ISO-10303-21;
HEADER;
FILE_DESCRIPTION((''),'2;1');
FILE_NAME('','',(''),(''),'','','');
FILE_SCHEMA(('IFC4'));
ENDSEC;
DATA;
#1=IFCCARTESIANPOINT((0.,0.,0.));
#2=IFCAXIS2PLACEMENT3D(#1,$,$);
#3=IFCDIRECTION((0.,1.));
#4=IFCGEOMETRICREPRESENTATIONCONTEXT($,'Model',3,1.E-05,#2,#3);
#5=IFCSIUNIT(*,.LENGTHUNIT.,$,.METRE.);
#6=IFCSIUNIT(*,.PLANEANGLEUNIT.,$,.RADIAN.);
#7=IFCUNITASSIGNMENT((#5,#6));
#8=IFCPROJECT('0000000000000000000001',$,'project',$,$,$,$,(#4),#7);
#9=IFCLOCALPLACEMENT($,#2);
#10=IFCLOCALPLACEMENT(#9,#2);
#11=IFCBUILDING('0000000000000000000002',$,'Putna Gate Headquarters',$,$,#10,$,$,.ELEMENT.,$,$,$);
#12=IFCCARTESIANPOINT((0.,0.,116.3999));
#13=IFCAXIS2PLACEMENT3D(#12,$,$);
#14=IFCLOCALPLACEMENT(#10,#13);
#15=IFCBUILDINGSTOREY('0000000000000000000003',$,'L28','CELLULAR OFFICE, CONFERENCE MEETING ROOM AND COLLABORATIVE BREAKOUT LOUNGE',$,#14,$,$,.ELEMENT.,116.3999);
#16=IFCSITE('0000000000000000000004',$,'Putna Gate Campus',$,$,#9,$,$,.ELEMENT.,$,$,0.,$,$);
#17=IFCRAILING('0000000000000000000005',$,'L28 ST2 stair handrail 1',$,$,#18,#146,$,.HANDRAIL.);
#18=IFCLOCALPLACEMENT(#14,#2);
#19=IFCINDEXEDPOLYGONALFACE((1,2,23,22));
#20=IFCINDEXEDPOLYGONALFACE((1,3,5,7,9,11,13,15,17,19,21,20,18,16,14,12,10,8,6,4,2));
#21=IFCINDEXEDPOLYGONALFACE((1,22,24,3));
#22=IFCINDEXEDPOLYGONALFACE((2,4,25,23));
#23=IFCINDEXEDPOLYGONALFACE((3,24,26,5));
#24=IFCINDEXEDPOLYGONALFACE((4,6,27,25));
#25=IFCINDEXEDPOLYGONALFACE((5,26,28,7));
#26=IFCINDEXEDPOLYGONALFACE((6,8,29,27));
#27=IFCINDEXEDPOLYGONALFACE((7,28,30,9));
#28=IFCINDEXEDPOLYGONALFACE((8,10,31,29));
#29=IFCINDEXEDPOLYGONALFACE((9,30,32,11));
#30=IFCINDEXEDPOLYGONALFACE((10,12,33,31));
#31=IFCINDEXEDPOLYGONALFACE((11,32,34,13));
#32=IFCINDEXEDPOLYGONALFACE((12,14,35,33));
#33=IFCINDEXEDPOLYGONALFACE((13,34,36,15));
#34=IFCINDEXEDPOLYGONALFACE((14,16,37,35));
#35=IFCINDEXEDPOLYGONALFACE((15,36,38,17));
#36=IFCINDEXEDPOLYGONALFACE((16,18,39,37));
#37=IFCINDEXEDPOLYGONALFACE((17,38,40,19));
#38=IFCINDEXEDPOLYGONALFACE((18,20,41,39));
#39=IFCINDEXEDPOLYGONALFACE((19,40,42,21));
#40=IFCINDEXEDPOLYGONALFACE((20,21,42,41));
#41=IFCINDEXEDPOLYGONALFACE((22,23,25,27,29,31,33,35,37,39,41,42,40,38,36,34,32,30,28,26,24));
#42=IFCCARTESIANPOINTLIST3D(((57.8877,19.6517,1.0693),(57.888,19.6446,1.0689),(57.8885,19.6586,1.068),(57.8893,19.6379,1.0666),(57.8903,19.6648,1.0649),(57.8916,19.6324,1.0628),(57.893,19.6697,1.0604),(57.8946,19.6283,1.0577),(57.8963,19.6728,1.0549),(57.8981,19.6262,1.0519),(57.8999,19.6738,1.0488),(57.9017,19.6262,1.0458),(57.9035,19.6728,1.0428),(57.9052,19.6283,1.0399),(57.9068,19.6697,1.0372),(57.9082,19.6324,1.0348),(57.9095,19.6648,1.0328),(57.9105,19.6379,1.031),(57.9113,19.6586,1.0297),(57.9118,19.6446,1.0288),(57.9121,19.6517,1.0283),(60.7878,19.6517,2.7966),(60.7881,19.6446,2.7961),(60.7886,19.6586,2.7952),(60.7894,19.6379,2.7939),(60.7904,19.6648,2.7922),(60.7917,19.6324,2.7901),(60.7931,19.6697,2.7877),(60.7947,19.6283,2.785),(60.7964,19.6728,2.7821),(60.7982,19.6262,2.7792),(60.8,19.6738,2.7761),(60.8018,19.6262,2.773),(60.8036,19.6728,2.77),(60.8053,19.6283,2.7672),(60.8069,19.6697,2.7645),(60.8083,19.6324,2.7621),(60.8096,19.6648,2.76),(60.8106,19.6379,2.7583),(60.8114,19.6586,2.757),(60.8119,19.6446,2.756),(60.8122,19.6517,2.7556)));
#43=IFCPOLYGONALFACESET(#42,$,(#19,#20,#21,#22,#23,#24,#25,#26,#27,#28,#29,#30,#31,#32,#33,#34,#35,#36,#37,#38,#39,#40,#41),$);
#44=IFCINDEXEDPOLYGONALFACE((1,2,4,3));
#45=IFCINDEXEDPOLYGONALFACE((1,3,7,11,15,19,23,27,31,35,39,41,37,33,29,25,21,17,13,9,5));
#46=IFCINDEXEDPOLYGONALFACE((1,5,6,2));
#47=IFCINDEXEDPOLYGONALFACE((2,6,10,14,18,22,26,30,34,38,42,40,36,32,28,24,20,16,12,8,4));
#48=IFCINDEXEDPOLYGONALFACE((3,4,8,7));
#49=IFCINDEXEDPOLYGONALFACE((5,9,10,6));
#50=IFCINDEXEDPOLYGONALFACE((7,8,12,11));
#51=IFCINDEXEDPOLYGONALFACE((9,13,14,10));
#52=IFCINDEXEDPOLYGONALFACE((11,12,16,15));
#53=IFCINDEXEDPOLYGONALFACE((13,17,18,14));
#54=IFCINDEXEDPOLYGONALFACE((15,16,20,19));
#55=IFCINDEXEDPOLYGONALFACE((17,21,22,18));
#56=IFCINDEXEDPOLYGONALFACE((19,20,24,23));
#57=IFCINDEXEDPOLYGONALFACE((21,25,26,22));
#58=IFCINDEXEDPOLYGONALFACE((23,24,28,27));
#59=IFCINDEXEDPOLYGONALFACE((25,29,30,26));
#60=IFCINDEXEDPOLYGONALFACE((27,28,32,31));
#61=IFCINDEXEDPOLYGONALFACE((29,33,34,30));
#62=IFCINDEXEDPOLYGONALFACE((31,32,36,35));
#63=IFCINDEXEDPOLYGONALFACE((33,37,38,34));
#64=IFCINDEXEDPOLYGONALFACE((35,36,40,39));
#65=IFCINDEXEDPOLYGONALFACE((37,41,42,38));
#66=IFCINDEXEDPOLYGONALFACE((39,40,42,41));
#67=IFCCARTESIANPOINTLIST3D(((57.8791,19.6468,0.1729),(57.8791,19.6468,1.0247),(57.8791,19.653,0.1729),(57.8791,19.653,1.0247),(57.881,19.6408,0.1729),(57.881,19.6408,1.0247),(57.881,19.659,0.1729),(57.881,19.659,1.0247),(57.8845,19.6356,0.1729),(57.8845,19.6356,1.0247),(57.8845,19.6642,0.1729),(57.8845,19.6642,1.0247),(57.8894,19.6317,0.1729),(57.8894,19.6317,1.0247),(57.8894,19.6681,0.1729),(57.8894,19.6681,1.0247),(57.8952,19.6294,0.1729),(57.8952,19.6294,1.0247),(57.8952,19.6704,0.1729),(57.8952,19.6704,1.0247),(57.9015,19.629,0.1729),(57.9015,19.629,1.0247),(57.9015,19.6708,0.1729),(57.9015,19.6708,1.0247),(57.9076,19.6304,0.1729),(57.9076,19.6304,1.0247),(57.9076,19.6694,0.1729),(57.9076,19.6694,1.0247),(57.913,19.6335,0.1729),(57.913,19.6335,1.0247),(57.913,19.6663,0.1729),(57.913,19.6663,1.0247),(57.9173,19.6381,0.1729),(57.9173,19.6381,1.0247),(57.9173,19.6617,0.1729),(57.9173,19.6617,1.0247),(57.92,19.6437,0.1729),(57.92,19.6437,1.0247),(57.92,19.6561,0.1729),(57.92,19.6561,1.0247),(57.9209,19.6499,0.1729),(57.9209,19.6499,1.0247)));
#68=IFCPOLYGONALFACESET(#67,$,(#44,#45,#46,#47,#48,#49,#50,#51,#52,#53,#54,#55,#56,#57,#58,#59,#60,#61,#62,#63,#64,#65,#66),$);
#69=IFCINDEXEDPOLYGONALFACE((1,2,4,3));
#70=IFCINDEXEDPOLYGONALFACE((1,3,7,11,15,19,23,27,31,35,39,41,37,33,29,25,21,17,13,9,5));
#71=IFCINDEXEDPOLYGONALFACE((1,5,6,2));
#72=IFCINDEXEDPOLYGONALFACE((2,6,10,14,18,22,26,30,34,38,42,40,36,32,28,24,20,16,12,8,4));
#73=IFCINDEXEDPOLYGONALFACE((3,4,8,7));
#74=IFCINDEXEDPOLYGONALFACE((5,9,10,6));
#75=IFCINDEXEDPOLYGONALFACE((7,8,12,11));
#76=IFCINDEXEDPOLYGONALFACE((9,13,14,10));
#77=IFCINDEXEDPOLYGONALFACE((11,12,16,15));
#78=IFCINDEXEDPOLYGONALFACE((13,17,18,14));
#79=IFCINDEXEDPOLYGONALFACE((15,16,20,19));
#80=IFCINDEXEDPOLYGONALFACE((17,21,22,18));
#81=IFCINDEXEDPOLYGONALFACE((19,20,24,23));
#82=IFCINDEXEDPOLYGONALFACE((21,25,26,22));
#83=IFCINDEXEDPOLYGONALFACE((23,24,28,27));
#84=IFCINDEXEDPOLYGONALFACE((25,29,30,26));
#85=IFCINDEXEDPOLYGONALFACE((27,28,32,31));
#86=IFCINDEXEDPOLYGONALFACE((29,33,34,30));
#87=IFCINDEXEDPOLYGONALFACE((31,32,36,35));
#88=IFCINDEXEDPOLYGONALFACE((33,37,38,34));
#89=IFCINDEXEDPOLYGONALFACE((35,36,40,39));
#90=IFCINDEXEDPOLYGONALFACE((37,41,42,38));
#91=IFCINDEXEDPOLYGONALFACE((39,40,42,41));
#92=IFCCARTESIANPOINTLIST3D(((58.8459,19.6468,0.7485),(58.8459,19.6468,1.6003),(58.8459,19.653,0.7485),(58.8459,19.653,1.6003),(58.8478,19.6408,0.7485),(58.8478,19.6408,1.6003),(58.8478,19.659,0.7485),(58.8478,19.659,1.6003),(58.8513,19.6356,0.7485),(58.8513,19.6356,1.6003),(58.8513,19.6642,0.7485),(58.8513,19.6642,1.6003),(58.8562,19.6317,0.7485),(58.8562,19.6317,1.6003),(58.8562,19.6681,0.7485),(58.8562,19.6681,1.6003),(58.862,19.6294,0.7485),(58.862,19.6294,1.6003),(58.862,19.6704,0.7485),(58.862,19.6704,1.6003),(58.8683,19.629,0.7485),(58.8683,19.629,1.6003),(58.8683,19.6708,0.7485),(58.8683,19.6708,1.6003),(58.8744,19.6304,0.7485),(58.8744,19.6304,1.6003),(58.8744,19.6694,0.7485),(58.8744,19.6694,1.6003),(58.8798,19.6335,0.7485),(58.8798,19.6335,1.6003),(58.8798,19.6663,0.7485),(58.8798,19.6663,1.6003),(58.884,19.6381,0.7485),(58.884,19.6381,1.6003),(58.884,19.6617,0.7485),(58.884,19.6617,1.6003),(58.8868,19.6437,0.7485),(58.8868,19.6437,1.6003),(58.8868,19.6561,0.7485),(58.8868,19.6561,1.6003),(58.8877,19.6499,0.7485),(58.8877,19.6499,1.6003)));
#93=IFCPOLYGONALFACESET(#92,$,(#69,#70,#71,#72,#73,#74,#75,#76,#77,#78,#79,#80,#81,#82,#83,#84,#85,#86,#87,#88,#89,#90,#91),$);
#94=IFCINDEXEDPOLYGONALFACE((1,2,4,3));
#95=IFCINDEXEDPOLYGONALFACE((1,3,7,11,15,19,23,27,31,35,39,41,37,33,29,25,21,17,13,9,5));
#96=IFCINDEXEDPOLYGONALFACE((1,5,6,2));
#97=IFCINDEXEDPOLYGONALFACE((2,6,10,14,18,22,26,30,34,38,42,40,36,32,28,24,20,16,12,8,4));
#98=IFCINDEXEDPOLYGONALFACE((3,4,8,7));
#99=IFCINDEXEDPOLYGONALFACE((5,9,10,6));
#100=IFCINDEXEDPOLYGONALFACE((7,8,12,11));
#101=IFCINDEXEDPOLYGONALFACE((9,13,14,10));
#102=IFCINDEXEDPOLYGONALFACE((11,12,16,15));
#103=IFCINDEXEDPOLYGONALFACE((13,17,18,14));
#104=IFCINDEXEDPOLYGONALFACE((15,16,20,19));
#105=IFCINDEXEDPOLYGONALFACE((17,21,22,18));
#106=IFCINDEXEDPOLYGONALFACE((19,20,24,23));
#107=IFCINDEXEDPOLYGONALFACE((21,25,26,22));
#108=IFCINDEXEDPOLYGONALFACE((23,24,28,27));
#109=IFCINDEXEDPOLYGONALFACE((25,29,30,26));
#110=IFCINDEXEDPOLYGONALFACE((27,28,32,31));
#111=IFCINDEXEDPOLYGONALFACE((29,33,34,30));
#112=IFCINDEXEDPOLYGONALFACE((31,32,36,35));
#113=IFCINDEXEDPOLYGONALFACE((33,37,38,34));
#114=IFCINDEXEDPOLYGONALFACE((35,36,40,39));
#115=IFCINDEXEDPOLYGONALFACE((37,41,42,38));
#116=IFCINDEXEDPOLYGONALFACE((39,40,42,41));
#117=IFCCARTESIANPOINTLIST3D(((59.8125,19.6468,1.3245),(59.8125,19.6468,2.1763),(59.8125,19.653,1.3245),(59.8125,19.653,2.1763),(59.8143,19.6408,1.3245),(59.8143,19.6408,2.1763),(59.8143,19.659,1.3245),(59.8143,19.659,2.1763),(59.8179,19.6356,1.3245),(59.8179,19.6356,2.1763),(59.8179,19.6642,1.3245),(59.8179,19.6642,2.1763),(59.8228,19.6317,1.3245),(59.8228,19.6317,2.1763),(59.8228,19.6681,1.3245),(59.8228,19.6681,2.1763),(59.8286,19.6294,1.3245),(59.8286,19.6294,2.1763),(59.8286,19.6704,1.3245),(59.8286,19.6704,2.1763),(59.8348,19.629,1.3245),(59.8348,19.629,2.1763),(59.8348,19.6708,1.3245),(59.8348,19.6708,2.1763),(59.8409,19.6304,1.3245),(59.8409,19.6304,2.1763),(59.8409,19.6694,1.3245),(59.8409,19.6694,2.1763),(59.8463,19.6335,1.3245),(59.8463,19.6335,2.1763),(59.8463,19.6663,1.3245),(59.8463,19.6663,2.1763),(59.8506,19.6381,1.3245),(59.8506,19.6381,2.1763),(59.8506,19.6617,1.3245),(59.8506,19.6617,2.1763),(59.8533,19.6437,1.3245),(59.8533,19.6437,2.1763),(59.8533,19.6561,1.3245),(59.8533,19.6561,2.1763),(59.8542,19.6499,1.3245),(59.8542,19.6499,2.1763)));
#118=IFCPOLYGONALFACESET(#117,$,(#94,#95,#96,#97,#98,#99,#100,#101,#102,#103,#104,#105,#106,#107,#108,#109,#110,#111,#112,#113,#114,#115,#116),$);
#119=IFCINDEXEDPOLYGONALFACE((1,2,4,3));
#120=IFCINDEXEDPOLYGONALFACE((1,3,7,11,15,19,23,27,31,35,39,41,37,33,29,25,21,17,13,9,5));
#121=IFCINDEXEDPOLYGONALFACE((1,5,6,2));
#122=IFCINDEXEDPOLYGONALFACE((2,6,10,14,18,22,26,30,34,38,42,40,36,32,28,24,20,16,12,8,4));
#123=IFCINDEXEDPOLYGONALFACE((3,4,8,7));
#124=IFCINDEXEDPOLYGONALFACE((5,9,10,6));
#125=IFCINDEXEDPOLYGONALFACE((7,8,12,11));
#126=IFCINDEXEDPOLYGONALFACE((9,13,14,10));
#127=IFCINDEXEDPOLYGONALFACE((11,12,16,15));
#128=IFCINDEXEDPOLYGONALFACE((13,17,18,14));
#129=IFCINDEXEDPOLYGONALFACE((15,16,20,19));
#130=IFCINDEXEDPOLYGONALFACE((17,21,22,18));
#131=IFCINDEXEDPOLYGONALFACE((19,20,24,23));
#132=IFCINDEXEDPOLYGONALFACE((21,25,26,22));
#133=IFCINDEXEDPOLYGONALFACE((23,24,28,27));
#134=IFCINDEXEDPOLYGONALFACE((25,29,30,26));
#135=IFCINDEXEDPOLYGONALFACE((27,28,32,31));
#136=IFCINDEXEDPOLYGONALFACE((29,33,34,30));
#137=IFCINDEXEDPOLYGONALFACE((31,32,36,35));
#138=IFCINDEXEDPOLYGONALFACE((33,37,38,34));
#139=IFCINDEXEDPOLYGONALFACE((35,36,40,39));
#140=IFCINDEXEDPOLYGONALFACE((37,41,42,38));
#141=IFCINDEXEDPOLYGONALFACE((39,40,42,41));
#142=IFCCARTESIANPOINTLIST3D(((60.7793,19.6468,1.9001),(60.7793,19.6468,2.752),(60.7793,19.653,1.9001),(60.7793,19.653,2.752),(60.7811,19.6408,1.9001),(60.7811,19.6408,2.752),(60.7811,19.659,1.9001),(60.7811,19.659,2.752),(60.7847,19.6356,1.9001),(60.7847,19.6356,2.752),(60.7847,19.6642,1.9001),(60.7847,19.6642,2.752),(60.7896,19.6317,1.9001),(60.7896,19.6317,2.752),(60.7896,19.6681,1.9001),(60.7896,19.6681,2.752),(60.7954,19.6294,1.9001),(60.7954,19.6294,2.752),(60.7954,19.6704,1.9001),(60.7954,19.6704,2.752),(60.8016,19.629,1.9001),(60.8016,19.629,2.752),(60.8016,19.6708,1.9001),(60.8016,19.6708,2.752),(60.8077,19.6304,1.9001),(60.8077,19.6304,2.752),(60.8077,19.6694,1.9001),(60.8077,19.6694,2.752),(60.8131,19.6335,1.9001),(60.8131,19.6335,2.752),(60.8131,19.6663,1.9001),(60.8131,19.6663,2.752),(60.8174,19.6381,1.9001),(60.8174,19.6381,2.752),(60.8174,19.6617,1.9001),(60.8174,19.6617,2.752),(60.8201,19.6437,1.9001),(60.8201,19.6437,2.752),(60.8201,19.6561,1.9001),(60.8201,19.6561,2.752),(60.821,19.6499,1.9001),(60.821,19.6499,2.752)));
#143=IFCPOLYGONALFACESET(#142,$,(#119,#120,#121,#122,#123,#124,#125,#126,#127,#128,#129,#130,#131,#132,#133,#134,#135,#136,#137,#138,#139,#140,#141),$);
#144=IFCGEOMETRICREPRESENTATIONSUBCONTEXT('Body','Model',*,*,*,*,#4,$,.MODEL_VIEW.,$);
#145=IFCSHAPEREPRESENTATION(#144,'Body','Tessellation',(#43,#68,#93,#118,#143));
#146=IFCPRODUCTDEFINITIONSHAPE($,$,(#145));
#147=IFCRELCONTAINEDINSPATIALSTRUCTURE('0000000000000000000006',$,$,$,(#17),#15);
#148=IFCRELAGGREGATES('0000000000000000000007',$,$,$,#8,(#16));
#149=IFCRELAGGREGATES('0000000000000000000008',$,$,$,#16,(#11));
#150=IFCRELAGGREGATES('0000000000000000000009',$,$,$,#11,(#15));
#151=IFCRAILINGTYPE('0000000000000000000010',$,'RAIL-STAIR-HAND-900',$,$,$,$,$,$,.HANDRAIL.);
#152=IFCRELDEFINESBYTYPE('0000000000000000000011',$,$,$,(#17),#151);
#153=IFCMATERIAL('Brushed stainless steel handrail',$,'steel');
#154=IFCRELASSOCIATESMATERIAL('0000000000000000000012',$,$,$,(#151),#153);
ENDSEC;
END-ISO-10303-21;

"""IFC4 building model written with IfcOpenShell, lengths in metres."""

from ifc_helpers import new_model, si_unit, direction, frame, origin, origin_2d, place, context, subcontext, project, spatial, circle, extrude, material, type_object, element, save


model = new_model("IFC4")

# Units and contexts
model_context = context("Model", 3, precision=1e-05, world=origin(), true_north=direction((0.0, 1.0)))
body_context = subcontext(model_context, "Body", "Model", "MODEL_VIEW")
ifc_project = project(units=[si_unit("LENGTHUNIT", "METRE"), si_unit("PLANEANGLEUNIT", "RADIAN")], contexts=[model_context])

# Site, building, storey
site_placement = place(None, origin())
site = spatial("IfcSite", under=ifc_project, at=site_placement, Name="Putna Gate Campus", CompositionType="ELEMENT", RefElevation=0.0)
building_placement = place(site_placement, origin())
building = spatial("IfcBuilding", under=site, at=building_placement, Name="Putna Gate Headquarters", CompositionType="ELEMENT")
storey_placement = place(building_placement, frame((0.0, 0.0, 116.3999)))
storey = spatial("IfcBuildingStorey", under=building, at=storey_placement, Name="L28", Description="CELLULAR OFFICE, CONFERENCE MEETING ROOM AND COLLABORATIVE BREAKOUT LOUNGE", CompositionType="ELEMENT", Elevation=116.3999)

# Railing
ifc_material_1 = material(Name="Brushed stainless steel handrail", Category="steel")
railing_type_1 = type_object("IfcRailingType", Name="RAIL-STAIR-HAND-900", PredefinedType="HANDRAIL", material=ifc_material_1)
railing_1_placement = place(storey_placement, frame((57.8999, 19.6499, 0.1729)))
element("IfcRailing", 1, at=railing_1_placement, inside=storey, type_object=railing_type_1, Name="L28 ST2 stair handrail 1", PredefinedType="HANDRAIL", context=body_context, shape_type="SweptSolid", body=[
    extrude(circle(Radius=0.0239, at=origin_2d()), frame((0.0, 0.0, 0.876), z_axis=(0.85916, 0.0, 0.511706), x_axis=(0.0, 1.0, 0.0)), (0.0, 0.0, 1.0), 3.3755),
    extrude(circle(Radius=0.021, at=origin_2d()), origin(), (0.0, 0.0, 1.0), 0.8518),
    extrude(circle(Radius=0.021, at=origin_2d()), frame((0.9668, 0.0, 0.5757)), (0.0, 0.0, 1.0), 0.8518),
    extrude(circle(Radius=0.021, at=origin_2d()), frame((1.9333, 0.0, 1.1516)), (0.0, 0.0, 1.0), 0.8518),
    extrude(circle(Radius=0.021, at=origin_2d()), frame((2.9001, 0.0, 1.7273)), (0.0, 0.0, 1.0), 0.8518),
])

save(model, "model.ifc")
